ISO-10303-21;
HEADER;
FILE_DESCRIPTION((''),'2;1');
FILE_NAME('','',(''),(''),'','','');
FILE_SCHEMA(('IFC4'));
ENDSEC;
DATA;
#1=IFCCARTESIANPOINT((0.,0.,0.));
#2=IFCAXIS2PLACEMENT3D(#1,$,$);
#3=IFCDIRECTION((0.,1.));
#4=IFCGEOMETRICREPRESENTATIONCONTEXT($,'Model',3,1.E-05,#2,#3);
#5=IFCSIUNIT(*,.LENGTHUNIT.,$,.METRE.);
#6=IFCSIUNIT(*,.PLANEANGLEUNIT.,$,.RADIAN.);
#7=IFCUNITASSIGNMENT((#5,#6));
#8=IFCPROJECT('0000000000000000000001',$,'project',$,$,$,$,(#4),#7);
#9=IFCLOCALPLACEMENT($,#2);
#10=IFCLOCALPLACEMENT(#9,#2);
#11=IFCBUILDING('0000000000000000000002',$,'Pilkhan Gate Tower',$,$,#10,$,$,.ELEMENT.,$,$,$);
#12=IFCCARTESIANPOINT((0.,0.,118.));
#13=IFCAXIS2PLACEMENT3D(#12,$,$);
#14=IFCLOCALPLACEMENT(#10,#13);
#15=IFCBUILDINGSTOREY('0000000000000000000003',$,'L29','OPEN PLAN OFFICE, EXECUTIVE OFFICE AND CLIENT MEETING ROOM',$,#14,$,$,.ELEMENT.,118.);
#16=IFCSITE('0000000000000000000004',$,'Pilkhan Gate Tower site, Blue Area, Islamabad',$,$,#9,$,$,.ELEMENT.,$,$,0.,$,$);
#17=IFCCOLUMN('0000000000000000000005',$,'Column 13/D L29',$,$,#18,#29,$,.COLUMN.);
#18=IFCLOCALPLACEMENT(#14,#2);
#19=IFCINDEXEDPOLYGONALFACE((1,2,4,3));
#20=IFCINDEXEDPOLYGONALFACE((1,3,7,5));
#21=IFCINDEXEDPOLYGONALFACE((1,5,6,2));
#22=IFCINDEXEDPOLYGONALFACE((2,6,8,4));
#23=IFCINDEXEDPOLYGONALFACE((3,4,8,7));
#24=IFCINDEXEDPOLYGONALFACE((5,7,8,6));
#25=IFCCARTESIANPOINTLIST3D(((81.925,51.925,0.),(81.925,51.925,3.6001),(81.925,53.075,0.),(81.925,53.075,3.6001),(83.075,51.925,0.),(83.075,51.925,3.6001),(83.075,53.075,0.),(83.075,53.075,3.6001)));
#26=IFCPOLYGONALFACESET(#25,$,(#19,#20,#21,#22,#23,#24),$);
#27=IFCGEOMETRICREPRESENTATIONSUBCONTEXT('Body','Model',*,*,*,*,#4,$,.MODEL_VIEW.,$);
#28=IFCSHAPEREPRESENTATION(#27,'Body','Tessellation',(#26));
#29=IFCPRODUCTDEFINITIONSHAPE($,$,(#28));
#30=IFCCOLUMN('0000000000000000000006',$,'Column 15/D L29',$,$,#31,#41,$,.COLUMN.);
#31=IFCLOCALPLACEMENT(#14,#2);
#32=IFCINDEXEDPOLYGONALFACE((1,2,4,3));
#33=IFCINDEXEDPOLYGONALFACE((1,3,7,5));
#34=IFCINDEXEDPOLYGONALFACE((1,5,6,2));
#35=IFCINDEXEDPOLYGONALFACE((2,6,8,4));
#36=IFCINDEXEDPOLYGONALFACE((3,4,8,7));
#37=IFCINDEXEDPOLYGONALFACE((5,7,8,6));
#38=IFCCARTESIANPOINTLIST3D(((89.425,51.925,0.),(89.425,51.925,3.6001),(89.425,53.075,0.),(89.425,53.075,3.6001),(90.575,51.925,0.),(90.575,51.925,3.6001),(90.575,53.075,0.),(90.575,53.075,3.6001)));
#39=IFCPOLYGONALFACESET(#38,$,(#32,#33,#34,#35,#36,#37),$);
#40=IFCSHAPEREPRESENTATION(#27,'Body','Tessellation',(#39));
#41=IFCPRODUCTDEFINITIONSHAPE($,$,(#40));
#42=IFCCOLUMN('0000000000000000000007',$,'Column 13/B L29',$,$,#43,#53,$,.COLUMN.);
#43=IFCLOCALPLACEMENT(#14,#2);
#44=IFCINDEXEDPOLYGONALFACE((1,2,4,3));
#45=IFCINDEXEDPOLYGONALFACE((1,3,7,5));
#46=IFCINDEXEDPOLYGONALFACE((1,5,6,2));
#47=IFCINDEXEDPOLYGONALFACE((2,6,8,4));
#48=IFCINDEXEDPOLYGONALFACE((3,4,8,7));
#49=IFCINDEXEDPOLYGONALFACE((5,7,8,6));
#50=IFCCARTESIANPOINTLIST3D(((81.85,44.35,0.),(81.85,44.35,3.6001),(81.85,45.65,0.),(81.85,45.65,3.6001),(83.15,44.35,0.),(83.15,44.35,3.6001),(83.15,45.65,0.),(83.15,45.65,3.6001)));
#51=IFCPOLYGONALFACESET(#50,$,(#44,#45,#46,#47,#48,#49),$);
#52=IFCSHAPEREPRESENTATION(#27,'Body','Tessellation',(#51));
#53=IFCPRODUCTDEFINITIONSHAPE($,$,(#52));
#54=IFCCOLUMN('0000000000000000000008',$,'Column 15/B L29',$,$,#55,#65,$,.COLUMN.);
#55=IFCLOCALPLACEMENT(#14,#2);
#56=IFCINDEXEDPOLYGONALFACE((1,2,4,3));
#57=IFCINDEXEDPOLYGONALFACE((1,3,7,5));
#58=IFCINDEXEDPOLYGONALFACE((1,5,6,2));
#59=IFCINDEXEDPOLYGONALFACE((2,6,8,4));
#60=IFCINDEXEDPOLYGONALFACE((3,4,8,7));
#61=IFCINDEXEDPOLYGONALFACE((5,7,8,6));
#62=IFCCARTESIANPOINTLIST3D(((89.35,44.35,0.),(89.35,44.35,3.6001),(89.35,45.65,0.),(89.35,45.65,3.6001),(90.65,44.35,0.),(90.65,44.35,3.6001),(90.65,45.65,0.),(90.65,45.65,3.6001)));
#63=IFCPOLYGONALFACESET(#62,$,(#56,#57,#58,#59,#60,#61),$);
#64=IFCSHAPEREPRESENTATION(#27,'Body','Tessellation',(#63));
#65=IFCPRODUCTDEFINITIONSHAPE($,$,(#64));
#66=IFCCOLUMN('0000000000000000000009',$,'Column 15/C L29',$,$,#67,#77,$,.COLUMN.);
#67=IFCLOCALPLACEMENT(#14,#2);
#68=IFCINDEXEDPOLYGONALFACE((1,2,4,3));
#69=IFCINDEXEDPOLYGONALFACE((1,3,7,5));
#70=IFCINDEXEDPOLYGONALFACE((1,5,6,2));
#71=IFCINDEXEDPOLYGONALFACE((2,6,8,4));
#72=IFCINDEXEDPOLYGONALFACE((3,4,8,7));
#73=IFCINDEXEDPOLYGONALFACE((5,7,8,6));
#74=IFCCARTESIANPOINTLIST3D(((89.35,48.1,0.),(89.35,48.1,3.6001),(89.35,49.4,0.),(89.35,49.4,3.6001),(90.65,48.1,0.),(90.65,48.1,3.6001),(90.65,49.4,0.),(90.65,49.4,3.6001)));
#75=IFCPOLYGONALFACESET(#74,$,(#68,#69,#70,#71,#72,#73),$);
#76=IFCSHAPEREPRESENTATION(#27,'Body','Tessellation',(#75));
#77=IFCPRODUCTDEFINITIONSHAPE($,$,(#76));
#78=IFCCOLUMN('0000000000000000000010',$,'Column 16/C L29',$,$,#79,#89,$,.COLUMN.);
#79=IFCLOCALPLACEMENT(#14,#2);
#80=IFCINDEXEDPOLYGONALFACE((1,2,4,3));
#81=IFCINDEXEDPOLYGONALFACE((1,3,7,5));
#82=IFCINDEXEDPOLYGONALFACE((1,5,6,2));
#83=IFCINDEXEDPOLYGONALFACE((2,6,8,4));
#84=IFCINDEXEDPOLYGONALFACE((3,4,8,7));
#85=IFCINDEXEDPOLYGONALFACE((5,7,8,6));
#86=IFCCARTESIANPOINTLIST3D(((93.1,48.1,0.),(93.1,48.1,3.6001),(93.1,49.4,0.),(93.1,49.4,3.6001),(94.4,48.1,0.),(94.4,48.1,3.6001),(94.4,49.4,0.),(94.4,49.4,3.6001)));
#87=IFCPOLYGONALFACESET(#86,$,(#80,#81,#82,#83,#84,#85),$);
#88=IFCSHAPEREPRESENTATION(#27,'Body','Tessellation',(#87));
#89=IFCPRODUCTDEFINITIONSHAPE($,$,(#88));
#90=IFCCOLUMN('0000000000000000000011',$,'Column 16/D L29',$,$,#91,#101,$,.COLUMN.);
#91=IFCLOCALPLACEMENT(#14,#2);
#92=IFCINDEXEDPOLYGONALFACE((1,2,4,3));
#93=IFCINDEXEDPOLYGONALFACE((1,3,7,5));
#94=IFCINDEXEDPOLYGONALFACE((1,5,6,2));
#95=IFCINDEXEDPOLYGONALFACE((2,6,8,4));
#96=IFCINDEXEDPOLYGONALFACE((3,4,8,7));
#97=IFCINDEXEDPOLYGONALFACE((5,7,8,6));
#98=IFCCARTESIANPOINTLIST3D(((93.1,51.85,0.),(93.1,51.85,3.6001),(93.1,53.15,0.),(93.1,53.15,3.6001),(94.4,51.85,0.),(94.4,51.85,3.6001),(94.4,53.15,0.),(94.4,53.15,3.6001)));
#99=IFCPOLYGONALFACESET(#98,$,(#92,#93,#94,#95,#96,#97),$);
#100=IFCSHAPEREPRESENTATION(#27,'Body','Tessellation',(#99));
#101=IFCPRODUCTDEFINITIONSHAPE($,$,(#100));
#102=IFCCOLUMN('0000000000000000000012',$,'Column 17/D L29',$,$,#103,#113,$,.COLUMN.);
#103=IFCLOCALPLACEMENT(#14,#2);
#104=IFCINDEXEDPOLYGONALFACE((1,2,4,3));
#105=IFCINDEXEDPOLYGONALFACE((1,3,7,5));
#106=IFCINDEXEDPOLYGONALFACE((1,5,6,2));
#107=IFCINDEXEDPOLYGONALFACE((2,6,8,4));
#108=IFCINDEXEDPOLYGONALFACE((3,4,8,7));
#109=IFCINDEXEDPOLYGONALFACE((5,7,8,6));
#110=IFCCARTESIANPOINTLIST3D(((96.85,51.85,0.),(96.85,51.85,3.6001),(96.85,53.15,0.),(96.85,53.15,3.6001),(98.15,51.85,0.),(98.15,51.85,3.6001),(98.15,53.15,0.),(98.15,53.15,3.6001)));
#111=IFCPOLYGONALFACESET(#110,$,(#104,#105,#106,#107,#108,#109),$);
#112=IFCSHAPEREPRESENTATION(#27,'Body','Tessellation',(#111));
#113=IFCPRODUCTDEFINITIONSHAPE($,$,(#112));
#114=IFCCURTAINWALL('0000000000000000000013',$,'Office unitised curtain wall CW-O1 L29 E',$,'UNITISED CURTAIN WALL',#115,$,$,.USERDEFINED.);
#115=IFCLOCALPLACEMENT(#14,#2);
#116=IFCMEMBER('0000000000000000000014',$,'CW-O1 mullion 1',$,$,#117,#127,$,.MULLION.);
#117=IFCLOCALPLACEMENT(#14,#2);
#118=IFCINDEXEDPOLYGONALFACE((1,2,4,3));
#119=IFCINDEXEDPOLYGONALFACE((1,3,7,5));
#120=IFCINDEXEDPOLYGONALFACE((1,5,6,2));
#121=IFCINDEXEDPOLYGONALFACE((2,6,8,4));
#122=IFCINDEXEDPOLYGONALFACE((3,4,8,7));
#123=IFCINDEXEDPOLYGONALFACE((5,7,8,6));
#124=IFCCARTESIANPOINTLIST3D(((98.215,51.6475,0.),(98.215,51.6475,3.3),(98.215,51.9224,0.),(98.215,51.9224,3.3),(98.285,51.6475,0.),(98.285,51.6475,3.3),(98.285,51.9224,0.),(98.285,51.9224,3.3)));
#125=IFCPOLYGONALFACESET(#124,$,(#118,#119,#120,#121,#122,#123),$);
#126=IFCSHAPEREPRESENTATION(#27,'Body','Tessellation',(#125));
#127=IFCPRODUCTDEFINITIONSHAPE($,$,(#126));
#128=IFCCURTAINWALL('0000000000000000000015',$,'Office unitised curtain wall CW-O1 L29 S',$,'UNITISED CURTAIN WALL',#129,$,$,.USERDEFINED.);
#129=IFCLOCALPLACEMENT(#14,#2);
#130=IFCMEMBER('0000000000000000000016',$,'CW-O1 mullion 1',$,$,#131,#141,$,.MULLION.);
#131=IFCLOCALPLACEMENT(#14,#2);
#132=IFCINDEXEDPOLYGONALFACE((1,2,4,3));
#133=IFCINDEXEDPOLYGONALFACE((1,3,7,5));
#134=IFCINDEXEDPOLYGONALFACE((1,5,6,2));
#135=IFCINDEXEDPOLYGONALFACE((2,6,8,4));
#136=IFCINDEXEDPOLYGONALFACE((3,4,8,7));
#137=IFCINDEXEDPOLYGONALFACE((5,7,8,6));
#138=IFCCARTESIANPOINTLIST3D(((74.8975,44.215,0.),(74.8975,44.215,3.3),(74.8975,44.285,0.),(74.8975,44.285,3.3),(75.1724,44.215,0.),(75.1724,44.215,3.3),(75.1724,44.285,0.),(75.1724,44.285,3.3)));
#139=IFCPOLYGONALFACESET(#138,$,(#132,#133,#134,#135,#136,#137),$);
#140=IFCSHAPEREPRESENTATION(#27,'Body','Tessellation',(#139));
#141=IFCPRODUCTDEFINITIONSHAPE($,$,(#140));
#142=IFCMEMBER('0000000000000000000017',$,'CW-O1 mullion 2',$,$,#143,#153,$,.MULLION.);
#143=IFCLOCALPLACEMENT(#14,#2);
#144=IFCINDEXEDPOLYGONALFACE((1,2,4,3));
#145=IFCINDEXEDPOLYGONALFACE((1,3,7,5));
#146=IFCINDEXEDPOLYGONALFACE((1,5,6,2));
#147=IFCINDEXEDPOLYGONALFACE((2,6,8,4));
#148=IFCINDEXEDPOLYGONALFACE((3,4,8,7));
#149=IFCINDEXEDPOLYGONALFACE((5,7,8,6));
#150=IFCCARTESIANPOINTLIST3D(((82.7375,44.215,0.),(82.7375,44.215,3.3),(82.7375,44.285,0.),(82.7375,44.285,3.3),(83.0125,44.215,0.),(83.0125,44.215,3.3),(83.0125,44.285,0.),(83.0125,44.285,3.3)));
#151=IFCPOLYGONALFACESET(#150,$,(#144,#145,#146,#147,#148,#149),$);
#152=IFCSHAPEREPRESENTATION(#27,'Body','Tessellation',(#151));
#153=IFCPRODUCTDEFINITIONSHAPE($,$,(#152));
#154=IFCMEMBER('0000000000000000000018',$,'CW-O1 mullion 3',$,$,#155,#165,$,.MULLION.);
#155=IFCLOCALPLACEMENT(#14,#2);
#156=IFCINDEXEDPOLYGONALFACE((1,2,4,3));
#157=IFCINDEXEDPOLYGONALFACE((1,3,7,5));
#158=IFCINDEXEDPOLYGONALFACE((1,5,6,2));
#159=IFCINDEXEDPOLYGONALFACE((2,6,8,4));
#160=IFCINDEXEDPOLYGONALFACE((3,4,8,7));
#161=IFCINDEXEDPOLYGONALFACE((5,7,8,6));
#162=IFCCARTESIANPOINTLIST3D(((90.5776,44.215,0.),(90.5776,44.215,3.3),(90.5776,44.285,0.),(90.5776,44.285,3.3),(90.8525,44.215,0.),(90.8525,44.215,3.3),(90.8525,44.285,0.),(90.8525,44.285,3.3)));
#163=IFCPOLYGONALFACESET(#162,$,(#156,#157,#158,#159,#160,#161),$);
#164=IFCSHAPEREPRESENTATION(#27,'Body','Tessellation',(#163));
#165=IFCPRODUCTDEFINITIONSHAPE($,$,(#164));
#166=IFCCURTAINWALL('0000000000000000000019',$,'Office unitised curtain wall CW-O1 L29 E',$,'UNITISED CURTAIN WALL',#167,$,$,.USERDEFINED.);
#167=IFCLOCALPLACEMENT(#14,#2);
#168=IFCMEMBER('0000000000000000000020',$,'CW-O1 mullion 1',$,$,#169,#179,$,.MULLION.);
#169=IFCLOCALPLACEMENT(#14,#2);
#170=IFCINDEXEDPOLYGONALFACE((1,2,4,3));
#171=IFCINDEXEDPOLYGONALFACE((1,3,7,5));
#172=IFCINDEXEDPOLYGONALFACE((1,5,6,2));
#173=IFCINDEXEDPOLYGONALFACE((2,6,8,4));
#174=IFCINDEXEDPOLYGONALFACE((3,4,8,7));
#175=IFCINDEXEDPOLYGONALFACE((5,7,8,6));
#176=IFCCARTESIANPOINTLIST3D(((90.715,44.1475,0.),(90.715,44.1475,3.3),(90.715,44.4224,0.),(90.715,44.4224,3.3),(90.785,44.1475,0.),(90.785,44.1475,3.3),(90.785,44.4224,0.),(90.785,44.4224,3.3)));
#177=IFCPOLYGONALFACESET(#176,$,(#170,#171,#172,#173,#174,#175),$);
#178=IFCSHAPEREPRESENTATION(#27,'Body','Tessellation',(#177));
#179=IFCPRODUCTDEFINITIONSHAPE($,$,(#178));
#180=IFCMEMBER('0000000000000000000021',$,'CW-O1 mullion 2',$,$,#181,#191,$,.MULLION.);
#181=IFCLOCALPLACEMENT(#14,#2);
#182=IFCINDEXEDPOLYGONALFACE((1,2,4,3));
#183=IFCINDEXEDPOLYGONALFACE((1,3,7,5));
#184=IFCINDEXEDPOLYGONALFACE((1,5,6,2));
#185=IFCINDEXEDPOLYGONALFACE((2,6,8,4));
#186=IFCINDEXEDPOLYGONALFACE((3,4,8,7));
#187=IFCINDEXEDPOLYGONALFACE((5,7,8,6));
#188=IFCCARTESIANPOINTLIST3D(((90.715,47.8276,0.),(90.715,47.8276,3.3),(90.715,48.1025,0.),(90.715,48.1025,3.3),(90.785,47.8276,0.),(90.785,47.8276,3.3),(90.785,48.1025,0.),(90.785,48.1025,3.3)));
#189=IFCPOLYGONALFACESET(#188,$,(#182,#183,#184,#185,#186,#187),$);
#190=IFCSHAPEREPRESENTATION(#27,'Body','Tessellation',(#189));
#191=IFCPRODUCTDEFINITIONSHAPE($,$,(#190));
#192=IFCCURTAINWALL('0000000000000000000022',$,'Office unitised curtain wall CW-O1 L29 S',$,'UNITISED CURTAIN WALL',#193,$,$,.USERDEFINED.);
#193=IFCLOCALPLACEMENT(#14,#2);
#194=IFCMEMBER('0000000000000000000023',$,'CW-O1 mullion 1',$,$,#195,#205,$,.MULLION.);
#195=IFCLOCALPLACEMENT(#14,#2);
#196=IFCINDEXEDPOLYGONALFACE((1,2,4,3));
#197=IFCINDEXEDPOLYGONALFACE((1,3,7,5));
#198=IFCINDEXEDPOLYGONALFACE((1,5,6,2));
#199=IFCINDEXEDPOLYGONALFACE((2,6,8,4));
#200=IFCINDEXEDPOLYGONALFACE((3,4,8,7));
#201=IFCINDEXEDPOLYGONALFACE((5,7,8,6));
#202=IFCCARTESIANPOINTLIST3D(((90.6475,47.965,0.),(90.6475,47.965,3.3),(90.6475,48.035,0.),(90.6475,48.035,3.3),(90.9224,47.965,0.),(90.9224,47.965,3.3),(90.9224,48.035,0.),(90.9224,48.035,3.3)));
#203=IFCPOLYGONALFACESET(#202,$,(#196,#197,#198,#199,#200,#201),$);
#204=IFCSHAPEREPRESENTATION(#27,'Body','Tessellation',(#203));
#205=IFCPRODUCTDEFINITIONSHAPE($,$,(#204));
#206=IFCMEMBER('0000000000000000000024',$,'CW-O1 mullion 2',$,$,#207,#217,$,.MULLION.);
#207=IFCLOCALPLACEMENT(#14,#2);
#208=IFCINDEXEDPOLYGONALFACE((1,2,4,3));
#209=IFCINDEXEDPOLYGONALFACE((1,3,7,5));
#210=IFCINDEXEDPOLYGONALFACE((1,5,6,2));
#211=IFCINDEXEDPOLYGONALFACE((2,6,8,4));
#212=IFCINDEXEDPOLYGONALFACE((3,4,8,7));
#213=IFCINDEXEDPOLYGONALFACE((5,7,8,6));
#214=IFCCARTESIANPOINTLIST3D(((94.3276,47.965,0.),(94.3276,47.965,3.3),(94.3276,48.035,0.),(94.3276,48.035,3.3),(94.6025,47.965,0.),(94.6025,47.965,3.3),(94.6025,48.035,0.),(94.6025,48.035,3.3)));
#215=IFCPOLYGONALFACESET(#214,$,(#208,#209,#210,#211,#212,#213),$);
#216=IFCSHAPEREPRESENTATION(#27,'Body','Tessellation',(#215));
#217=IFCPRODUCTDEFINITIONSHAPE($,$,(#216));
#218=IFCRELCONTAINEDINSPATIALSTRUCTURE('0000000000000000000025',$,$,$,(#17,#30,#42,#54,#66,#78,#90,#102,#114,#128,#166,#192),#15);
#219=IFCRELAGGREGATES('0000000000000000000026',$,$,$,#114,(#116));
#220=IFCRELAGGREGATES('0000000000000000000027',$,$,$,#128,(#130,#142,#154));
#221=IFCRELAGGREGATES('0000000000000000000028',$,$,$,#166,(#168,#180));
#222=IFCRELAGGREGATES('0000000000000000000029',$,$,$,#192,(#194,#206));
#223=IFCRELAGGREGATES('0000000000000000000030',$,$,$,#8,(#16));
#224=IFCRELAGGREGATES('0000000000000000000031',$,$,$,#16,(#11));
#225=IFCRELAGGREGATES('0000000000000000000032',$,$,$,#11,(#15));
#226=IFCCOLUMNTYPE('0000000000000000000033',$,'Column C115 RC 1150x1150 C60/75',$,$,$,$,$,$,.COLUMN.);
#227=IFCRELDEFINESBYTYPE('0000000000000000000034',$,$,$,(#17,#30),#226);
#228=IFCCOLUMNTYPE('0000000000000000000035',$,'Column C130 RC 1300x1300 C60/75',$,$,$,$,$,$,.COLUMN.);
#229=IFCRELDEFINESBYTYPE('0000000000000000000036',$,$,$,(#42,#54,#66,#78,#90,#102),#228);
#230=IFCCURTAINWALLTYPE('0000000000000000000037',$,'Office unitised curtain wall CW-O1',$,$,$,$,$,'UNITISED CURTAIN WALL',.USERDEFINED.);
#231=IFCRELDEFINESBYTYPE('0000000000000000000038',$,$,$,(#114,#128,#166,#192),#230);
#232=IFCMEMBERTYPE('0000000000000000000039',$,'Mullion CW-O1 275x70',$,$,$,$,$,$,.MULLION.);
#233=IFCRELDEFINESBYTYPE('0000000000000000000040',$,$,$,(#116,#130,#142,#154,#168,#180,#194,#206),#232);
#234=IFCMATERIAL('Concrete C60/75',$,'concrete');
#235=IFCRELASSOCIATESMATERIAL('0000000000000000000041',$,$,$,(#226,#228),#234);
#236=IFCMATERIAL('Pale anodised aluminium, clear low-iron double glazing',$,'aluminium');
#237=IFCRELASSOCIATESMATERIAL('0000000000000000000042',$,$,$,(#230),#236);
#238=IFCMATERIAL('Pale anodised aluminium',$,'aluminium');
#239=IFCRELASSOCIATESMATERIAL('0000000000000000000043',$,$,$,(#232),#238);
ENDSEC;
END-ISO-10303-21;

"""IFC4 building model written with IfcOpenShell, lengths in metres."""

from ifc_helpers import new_model, si_unit, direction, frame, origin, origin_2d, place, context, subcontext, project, spatial, rectangle, extrude, material, material_profile, profile_set, type_object, element, aggregate, save


model = new_model("IFC4")

# Units and contexts
model_context = context("Model", 3, precision=1e-05, world=origin(), true_north=direction((0.0, 1.0)))
body_context = subcontext(model_context, "Body", "Model", "MODEL_VIEW")
ifc_project = project(units=[si_unit("LENGTHUNIT", "METRE"), si_unit("PLANEANGLEUNIT", "RADIAN")], contexts=[model_context])

# Site, building, storey
site_placement = place(None, origin())
site = spatial("IfcSite", under=ifc_project, at=site_placement, Name="Pilkhan Gate Tower site, Blue Area, Islamabad", CompositionType="ELEMENT", RefElevation=0.0)
building_placement = place(site_placement, origin())
building = spatial("IfcBuilding", under=site, at=building_placement, Name="Pilkhan Gate Tower", CompositionType="ELEMENT")
storey_placement = place(building_placement, frame((0.0, 0.0, 118.0)))
storey = spatial("IfcBuildingStorey", under=building, at=storey_placement, Name="L29", Description="OPEN PLAN OFFICE, EXECUTIVE OFFICE AND CLIENT MEETING ROOM", CompositionType="ELEMENT", Elevation=118.0)

# Columns
ifc_material_1 = material(Name="Concrete C60/75", Category="concrete")
ifc_material_profile_1 = material_profile(ifc_material_1, rectangle(XDim=1.1499, YDim=1.1499, at=origin_2d()), Name="RC 1150x1150")
ifc_profile_set_1 = profile_set([ifc_material_profile_1], Name="Concrete C60/75")
column_type_1 = type_object("IfcColumnType", Name="Column C115 RC 1150x1150 C60/75", PredefinedType="COLUMN", material=ifc_profile_set_1)
for number, where, z_axis, x_axis, name in (
    (1, (82.5, 52.5, 0.0), (0.0, 0.0, 1.0), (1.0, 0.0, 0.0), "Column 13/D L29"),
    (2, (90.0, 52.5, 0.0), (0.0, 0.0, 1.0), (1.0, 0.0, 0.0), "Column 15/D L29"),
):
    element("IfcColumn", number, at=place(storey_placement, frame(where, z_axis=z_axis, x_axis=x_axis)), inside=storey, type_object=column_type_1, Name=name, PredefinedType="COLUMN", context=body_context, shape_type="SweptSolid", body=[
        extrude(rectangle(XDim=1.1499, YDim=1.1499, at=origin_2d()), origin(), (0.0, 0.0, 1.0), 3.6001),
    ])
ifc_material_profile_2 = material_profile(ifc_material_1, rectangle(XDim=1.3, YDim=1.3, at=origin_2d()), Name="RC 1300x1300")
ifc_profile_set_2 = profile_set([ifc_material_profile_2], Name="Concrete C60/75")
column_type_2 = type_object("IfcColumnType", Name="Column C130 RC 1300x1300 C60/75", PredefinedType="COLUMN", material=ifc_profile_set_2)
for number, where, z_axis, x_axis, name in (
    (3, (82.5, 45.0, 0.0), (0.0, 0.0, 1.0), (1.0, 0.0, 0.0), "Column 13/B L29"),
    (4, (90.0, 45.0, 0.0), (0.0, 0.0, 1.0), (1.0, 0.0, 0.0), "Column 15/B L29"),
    (5, (90.0, 48.75, 0.0), (0.0, 0.0, 1.0), (1.0, 0.0, 0.0), "Column 15/C L29"),
    (6, (93.75, 48.75, 0.0), (0.0, 0.0, 1.0), (1.0, 0.0, 0.0), "Column 16/C L29"),
    (7, (93.75, 52.5, 0.0), (0.0, 0.0, 1.0), (1.0, 0.0, 0.0), "Column 16/D L29"),
    (8, (97.5, 52.5, 0.0), (0.0, 0.0, 1.0), (1.0, 0.0, 0.0), "Column 17/D L29"),
):
    element("IfcColumn", number, at=place(storey_placement, frame(where, z_axis=z_axis, x_axis=x_axis)), inside=storey, type_object=column_type_2, Name=name, PredefinedType="COLUMN", context=body_context, shape_type="SweptSolid", body=[
        extrude(rectangle(XDim=1.3, YDim=1.3, at=origin_2d()), origin(), (0.0, 0.0, 1.0), 3.6001),
    ])

# Curtain wall, member
ifc_material_2 = material(Name="Pale anodised aluminium, clear low-iron double glazing", Category="aluminium")
curtain_wall_type = type_object("IfcCurtainWallType", Name="Office unitised curtain wall CW-O1", ElementType="UNITISED CURTAIN WALL", PredefinedType="USERDEFINED", material=ifc_material_2)
curtain_wall_1_placement = place(storey_placement, origin())
curtain_wall_1 = element("IfcCurtainWall", 9, at=curtain_wall_1_placement, inside=storey, type_object=curtain_wall_type, Name="Office unitised curtain wall CW-O1 L29 E", ObjectType="UNITISED CURTAIN WALL", PredefinedType="USERDEFINED")
ifc_material_3 = material(Name="Pale anodised aluminium", Category="aluminium")
ifc_material_profile_3 = material_profile(ifc_material_3, rectangle(XDim=0.0701, YDim=0.2749, at=origin_2d()), Name="Mullion 275x70")
ifc_profile_set_3 = profile_set([ifc_material_profile_3], Name="Pale anodised aluminium")
member_type_1 = type_object("IfcMemberType", Name="Mullion CW-O1 275x70", PredefinedType="MULLION", material=ifc_profile_set_3)
member_1_placement = place(storey_placement, frame((98.25, 51.7849, 0.0), z_axis=(0.0, 0.0, 1.0), x_axis=(-1.0, 0.0, 0.0)))
member_1 = element("IfcMember", 10, at=member_1_placement, type_object=member_type_1, Name="CW-O1 mullion 1", PredefinedType="MULLION", context=body_context, shape_type="SweptSolid", body=[
    extrude(rectangle(XDim=0.0701, YDim=0.2749, at=origin_2d()), origin(), (0.0, 0.0, 1.0), 3.3),
])

# Curtain walls, members
curtain_wall_2_placement = place(storey_placement, origin())
curtain_wall_2 = element("IfcCurtainWall", 11, at=curtain_wall_2_placement, inside=storey, type_object=curtain_wall_type, Name="Office unitised curtain wall CW-O1 L29 S", ObjectType="UNITISED CURTAIN WALL", PredefinedType="USERDEFINED")
member_2_placement = place(storey_placement, frame((75.0349, 44.25, 0.0), z_axis=(0.0, 0.0, 1.0), x_axis=(0.0, 1.0, 0.0)))
member_2 = element("IfcMember", 12, at=member_2_placement, type_object=member_type_1, Name="CW-O1 mullion 1", PredefinedType="MULLION", context=body_context, shape_type="SweptSolid", body=[
    extrude(rectangle(XDim=0.0701, YDim=0.2749, at=origin_2d()), origin(), (0.0, 0.0, 1.0), 3.3),
])
member_3_placement = place(storey_placement, frame((82.875, 44.25, 0.0), z_axis=(0.0, 0.0, 1.0), x_axis=(0.0, 1.0, 0.0)))
member_3 = element("IfcMember", 13, at=member_3_placement, type_object=member_type_1, Name="CW-O1 mullion 2", PredefinedType="MULLION", context=body_context, shape_type="SweptSolid", body=[
    extrude(rectangle(XDim=0.0701, YDim=0.2749, at=origin_2d()), origin(), (0.0, 0.0, 1.0), 3.3),
])
member_4_placement = place(storey_placement, frame((90.7151, 44.25, 0.0), z_axis=(0.0, 0.0, 1.0), x_axis=(0.0, 1.0, 0.0)))
member_4 = element("IfcMember", 14, at=member_4_placement, type_object=member_type_1, Name="CW-O1 mullion 3", PredefinedType="MULLION", context=body_context, shape_type="SweptSolid", body=[
    extrude(rectangle(XDim=0.0701, YDim=0.2749, at=origin_2d()), origin(), (0.0, 0.0, 1.0), 3.3),
])
curtain_wall_3_placement = place(storey_placement, origin())
curtain_wall_3 = element("IfcCurtainWall", 15, at=curtain_wall_3_placement, inside=storey, type_object=curtain_wall_type, Name="Office unitised curtain wall CW-O1 L29 E", ObjectType="UNITISED CURTAIN WALL", PredefinedType="USERDEFINED")
member_5_placement = place(storey_placement, frame((90.75, 44.2849, 0.0), z_axis=(0.0, 0.0, 1.0), x_axis=(-1.0, 0.0, 0.0)))
member_5 = element("IfcMember", 16, at=member_5_placement, type_object=member_type_1, Name="CW-O1 mullion 1", PredefinedType="MULLION", context=body_context, shape_type="SweptSolid", body=[
    extrude(rectangle(XDim=0.0701, YDim=0.2749, at=origin_2d()), origin(), (0.0, 0.0, 1.0), 3.3),
])
member_6_placement = place(storey_placement, frame((90.75, 47.9651, 0.0), z_axis=(0.0, 0.0, 1.0), x_axis=(-1.0, 0.0, 0.0)))
member_6 = element("IfcMember", 17, at=member_6_placement, type_object=member_type_1, Name="CW-O1 mullion 2", PredefinedType="MULLION", context=body_context, shape_type="SweptSolid", body=[
    extrude(rectangle(XDim=0.0701, YDim=0.2749, at=origin_2d()), origin(), (0.0, 0.0, 1.0), 3.3),
])
curtain_wall_4_placement = place(storey_placement, origin())
curtain_wall_4 = element("IfcCurtainWall", 18, at=curtain_wall_4_placement, inside=storey, type_object=curtain_wall_type, Name="Office unitised curtain wall CW-O1 L29 S", ObjectType="UNITISED CURTAIN WALL", PredefinedType="USERDEFINED")
member_7_placement = place(storey_placement, frame((90.7849, 48.0, 0.0), z_axis=(0.0, 0.0, 1.0), x_axis=(0.0, 1.0, 0.0)))
member_7 = element("IfcMember", 19, at=member_7_placement, type_object=member_type_1, Name="CW-O1 mullion 1", PredefinedType="MULLION", context=body_context, shape_type="SweptSolid", body=[
    extrude(rectangle(XDim=0.0701, YDim=0.2749, at=origin_2d()), origin(), (0.0, 0.0, 1.0), 3.3),
])
member_8_placement = place(storey_placement, frame((94.4651, 48.0, 0.0), z_axis=(0.0, 0.0, 1.0), x_axis=(0.0, 1.0, 0.0)))
member_8 = element("IfcMember", 20, at=member_8_placement, type_object=member_type_1, Name="CW-O1 mullion 2", PredefinedType="MULLION", context=body_context, shape_type="SweptSolid", body=[
    extrude(rectangle(XDim=0.0701, YDim=0.2749, at=origin_2d()), origin(), (0.0, 0.0, 1.0), 3.3),
])

aggregate(curtain_wall_1, [member_1])

aggregate(curtain_wall_2, [member_2, member_3, member_4])
aggregate(curtain_wall_3, [member_5, member_6])
aggregate(curtain_wall_4, [member_7, member_8])

save(model, "model.ifc")
